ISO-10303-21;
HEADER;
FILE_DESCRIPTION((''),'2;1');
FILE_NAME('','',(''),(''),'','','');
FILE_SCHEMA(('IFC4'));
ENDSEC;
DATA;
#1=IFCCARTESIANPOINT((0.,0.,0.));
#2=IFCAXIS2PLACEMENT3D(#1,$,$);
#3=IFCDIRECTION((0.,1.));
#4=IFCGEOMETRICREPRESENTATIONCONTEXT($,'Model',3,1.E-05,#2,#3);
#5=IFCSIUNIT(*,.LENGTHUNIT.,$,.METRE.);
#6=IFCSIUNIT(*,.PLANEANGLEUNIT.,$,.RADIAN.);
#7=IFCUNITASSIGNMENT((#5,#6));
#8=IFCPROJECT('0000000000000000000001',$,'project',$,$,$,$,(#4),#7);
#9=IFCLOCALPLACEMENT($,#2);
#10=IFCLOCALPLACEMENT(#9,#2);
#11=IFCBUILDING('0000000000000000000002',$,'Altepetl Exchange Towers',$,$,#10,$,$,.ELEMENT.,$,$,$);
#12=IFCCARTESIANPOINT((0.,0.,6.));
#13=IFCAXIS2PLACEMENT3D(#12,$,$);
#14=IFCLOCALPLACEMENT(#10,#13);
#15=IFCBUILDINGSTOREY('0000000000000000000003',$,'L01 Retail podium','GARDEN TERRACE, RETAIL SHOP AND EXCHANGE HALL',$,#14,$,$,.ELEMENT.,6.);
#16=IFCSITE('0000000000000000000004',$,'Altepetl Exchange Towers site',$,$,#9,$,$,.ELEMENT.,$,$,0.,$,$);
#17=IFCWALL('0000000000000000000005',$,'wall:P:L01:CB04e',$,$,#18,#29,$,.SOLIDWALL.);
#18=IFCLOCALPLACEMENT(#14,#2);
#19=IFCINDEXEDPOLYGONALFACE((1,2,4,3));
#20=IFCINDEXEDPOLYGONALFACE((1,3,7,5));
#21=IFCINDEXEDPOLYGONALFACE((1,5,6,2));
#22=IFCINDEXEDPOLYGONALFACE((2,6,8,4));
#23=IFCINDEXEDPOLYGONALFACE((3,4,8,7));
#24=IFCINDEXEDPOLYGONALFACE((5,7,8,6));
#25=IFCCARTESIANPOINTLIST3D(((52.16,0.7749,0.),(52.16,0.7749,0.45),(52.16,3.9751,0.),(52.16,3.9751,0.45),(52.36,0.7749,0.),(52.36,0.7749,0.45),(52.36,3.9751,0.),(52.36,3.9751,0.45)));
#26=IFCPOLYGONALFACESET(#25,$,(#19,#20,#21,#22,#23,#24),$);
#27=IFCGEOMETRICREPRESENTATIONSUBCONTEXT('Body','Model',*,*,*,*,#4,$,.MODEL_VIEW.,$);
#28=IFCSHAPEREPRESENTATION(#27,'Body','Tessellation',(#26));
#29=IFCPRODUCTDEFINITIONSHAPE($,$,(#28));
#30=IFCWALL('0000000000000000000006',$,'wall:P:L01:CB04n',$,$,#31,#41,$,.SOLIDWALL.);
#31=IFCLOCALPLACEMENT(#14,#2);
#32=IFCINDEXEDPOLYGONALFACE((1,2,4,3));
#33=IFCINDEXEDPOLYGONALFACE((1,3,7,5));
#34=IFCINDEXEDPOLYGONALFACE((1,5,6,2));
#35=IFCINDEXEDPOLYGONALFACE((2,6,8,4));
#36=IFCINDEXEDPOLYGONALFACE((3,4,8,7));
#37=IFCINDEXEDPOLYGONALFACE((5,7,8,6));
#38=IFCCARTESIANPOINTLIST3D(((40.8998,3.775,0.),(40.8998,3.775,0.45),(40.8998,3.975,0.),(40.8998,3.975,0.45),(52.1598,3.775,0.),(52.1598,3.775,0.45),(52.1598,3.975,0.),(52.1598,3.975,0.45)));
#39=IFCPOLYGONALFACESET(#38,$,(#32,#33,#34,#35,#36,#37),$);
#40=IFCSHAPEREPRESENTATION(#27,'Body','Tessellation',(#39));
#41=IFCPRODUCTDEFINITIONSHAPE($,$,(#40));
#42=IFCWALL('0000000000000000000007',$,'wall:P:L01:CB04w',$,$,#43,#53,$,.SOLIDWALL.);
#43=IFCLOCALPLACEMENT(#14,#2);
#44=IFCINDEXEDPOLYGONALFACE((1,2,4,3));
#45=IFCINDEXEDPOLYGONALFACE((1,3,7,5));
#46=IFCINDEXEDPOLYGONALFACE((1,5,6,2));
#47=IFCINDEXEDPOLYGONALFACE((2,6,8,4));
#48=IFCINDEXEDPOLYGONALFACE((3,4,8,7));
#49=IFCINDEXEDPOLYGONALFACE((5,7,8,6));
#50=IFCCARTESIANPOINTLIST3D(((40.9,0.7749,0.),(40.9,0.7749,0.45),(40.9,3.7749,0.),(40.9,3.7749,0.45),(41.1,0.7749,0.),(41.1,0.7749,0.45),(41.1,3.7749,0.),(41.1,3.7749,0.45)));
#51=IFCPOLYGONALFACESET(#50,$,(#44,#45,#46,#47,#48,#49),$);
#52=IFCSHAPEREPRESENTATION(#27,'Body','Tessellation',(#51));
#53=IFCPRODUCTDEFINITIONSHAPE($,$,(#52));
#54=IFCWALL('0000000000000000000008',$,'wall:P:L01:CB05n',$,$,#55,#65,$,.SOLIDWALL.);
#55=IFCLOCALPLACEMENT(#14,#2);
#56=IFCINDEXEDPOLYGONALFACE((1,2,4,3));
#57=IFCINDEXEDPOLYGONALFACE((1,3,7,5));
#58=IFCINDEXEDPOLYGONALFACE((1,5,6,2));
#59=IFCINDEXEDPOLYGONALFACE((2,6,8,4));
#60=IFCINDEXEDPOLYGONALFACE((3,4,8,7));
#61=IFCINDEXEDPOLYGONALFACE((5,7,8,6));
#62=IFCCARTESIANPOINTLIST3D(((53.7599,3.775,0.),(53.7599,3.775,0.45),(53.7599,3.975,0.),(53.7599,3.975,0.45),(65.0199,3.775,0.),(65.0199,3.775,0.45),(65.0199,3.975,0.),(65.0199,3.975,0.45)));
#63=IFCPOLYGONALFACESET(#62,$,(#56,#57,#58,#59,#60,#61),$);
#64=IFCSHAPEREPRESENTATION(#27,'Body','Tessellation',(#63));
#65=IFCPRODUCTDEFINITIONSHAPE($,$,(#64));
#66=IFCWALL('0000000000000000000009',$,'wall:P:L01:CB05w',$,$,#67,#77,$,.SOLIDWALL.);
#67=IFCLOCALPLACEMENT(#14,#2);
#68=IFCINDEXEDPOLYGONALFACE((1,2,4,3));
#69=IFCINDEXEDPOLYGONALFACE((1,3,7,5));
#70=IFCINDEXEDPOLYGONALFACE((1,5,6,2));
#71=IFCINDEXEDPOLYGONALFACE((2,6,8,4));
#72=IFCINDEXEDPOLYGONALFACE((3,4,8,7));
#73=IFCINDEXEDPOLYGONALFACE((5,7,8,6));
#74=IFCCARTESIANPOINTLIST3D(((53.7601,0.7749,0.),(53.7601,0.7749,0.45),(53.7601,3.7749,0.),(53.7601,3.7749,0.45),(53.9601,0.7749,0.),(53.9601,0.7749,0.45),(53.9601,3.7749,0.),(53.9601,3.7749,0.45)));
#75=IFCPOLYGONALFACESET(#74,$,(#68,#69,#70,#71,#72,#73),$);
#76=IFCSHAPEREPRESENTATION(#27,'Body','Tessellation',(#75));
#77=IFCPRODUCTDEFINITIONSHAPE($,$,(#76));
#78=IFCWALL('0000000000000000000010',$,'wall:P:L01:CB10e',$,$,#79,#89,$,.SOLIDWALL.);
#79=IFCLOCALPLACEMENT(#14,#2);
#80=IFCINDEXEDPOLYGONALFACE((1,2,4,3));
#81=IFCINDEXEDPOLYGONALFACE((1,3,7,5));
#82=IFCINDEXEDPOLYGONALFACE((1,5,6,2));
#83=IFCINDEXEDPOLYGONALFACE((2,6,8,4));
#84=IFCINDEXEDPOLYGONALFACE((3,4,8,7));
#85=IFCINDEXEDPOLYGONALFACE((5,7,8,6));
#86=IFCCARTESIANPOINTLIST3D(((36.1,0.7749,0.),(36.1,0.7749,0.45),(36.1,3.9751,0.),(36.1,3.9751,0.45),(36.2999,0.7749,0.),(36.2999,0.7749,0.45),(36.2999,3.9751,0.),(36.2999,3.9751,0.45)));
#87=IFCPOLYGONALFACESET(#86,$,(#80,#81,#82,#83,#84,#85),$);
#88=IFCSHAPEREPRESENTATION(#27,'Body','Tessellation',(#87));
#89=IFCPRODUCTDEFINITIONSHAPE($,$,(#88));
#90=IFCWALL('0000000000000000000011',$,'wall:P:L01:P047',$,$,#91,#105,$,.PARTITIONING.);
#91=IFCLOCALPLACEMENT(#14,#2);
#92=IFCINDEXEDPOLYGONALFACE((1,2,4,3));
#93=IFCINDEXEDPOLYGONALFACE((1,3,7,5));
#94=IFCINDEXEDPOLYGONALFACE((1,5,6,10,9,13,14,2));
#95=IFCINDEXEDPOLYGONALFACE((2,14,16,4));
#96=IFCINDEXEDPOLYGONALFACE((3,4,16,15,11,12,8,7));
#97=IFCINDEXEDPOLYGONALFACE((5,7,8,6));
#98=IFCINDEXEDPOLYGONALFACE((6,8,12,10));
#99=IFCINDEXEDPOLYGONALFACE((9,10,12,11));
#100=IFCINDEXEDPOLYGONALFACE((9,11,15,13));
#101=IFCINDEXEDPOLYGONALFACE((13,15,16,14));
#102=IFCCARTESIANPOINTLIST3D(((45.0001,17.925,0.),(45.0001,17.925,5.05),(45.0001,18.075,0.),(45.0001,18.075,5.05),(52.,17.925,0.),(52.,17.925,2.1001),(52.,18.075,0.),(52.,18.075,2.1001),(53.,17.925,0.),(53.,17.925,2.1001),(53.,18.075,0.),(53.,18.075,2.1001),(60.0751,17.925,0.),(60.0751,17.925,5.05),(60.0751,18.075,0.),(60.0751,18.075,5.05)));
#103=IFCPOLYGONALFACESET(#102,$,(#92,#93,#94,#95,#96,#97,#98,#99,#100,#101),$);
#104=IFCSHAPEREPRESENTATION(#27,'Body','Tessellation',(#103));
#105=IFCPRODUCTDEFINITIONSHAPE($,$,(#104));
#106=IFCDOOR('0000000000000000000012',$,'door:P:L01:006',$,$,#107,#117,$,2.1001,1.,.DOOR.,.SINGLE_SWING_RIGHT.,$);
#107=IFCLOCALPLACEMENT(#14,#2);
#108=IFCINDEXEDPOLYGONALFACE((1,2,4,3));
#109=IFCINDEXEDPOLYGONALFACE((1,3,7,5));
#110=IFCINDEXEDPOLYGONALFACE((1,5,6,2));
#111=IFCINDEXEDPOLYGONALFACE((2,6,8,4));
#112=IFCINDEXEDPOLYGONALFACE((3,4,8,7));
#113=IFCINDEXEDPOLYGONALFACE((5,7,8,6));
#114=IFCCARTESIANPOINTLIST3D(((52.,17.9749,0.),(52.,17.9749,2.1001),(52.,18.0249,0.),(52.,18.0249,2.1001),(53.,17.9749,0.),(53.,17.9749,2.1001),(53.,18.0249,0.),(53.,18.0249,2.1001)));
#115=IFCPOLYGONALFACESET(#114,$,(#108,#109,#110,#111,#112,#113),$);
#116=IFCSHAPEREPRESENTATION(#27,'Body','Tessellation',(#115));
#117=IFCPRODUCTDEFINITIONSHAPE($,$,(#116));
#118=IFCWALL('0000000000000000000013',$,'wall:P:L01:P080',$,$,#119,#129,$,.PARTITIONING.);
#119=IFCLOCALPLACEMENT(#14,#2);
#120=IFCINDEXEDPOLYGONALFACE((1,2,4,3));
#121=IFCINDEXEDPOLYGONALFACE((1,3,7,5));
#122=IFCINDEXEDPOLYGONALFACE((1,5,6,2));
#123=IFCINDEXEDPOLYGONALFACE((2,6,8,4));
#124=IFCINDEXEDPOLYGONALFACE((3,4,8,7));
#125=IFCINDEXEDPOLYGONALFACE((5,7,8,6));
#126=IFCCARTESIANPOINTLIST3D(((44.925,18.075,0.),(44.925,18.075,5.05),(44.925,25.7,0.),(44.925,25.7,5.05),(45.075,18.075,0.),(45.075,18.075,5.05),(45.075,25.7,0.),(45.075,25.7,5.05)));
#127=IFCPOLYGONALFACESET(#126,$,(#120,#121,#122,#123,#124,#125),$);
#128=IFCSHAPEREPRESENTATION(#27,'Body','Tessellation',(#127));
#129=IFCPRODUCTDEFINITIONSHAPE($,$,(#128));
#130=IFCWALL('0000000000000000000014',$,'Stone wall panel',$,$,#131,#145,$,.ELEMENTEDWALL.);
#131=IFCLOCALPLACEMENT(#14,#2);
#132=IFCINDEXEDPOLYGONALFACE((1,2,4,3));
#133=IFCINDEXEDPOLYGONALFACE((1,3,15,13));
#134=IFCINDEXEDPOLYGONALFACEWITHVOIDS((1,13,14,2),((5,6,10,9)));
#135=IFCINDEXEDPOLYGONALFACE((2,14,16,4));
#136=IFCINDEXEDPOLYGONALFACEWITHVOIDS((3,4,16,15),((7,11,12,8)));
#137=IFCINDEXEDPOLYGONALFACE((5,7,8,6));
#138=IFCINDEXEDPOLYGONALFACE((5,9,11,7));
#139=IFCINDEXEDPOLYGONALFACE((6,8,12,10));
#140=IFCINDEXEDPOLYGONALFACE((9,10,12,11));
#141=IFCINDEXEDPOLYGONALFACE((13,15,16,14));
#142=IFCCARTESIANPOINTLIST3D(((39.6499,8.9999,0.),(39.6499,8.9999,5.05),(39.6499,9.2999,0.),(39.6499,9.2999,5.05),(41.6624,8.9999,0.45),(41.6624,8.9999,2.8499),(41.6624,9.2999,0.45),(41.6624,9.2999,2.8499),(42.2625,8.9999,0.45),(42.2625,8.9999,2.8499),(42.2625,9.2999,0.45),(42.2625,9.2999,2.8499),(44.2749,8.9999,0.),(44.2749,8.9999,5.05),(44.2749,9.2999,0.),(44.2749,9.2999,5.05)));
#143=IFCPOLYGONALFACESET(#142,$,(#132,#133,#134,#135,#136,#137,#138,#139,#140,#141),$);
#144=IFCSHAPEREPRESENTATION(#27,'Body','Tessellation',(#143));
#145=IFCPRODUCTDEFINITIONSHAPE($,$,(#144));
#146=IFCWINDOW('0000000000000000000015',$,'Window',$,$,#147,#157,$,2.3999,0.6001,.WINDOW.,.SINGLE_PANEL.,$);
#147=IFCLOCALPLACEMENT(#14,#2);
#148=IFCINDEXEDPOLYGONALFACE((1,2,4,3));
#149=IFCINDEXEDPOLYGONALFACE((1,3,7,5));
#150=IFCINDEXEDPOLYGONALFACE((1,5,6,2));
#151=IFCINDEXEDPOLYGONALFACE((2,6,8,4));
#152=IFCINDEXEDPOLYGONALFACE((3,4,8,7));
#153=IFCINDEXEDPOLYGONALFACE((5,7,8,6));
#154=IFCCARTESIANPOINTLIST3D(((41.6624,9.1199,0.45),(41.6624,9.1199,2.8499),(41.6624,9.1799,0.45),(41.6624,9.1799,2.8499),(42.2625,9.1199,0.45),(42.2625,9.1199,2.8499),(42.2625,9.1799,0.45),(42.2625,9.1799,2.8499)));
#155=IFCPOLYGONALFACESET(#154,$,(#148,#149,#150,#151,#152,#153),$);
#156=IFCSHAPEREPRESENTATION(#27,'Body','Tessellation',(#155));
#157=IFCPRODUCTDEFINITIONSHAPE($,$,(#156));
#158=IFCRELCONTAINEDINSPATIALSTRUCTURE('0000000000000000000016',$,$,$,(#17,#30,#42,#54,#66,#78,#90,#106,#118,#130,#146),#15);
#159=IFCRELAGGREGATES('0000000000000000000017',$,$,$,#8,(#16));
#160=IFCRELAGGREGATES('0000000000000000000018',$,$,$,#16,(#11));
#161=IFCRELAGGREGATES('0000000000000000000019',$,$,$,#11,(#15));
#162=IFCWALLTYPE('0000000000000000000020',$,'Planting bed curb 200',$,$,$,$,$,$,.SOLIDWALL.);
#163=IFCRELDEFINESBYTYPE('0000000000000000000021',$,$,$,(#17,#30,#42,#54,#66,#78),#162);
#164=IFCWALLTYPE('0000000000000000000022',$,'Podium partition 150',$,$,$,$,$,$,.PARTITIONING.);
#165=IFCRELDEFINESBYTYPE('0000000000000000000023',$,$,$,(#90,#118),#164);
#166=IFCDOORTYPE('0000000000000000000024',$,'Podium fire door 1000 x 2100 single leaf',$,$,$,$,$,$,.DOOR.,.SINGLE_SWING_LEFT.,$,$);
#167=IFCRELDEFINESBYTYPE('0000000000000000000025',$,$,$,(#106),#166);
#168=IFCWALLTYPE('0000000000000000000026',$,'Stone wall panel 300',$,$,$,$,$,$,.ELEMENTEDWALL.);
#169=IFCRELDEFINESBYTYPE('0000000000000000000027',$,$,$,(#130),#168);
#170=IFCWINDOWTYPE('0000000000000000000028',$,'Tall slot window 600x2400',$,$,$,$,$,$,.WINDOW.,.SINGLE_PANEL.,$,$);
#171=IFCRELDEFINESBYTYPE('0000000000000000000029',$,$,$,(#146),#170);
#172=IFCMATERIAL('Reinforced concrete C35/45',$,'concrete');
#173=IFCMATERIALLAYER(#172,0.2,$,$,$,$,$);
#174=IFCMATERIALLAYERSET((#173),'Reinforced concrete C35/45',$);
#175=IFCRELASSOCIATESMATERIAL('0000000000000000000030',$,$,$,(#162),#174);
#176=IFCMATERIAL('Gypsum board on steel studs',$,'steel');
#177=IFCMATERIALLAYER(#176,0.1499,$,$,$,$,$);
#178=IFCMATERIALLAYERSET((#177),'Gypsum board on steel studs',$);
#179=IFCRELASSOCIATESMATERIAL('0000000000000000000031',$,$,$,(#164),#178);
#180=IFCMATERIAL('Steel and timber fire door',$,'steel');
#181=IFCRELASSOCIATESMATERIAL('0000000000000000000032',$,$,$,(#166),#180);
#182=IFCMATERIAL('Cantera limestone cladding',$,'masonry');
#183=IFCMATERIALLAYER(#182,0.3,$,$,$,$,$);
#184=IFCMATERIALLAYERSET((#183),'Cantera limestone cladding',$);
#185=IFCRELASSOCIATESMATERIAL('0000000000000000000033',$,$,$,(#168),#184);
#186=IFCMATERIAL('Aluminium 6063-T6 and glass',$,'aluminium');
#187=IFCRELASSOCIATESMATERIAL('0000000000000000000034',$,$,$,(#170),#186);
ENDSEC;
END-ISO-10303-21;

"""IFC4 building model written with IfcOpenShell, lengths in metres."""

from ifc_helpers import new_model, si_unit, direction, frame, frame_2d, origin, place, context, subcontext, project, spatial, rectangle, extrude, material, layer, layer_set, type_object, element, fill, save


model = new_model("IFC4")

# Units and contexts
model_context = context("Model", 3, precision=1e-05, world=origin(), true_north=direction((0.0, 1.0)))
body_context = subcontext(model_context, "Body", "Model", "MODEL_VIEW")
ifc_project = project(units=[si_unit("LENGTHUNIT", "METRE"), si_unit("PLANEANGLEUNIT", "RADIAN")], contexts=[model_context])

# Site, building, storey
site_placement = place(None, origin())
site = spatial("IfcSite", under=ifc_project, at=site_placement, Name="Altepetl Exchange Towers site", CompositionType="ELEMENT", RefElevation=0.0)
building_placement = place(site_placement, origin())
building = spatial("IfcBuilding", under=site, at=building_placement, Name="Altepetl Exchange Towers", CompositionType="ELEMENT")
storey_placement = place(building_placement, frame((0.0, 0.0, 6.0)))
storey = spatial("IfcBuildingStorey", under=building, at=storey_placement, Name="L01 Retail podium", Description="GARDEN TERRACE, RETAIL SHOP AND EXCHANGE HALL", CompositionType="ELEMENT", Elevation=6.0)

# Shared definitions
ifc_material_1 = material(Name="Reinforced concrete C35/45", Category="concrete")
ifc_material_2 = material(Name="Aluminium 6063-T6 and glass", Category="aluminium")

# Walls
ifc_layer_1 = layer(ifc_material_1, 0.2)
ifc_layer_set_1 = layer_set([ifc_layer_1], Name="Reinforced concrete C35/45")
wall_type_1 = type_object("IfcWallType", Name="Planting bed curb 200", PredefinedType="SOLIDWALL", material=ifc_layer_set_1)
wall_1_placement = place(storey_placement, frame((52.26, 0.7749, 0.0), z_axis=(0.0, 0.0, 1.0), x_axis=(0.0, 1.0, 0.0)))
element("IfcWall", 1, at=wall_1_placement, inside=storey, type_object=wall_type_1, Name="wall:P:L01:CB04e", PredefinedType="SOLIDWALL", context=body_context, shape_type="SweptSolid", body=[
    extrude(rectangle(XDim=3.2002, YDim=0.2, at=frame_2d((1.6001, 0.0))), origin(), (0.0, 0.0, 1.0), 0.45),
])
wall_2_placement = place(storey_placement, frame((40.8999, 3.875, 0.0)))
element("IfcWall", 2, at=wall_2_placement, inside=storey, type_object=wall_type_1, Name="wall:P:L01:CB04n", PredefinedType="SOLIDWALL", context=body_context, shape_type="SweptSolid", body=[
    extrude(rectangle(XDim=11.26, YDim=0.2, at=frame_2d((5.6299, 0.0))), origin(), (0.0, 0.0, 1.0), 0.45),
])
wall_3_placement = place(storey_placement, frame((41.0, 0.7749, 0.0), z_axis=(0.0, 0.0, 1.0), x_axis=(0.0, 1.0, 0.0)))
element("IfcWall", 3, at=wall_3_placement, inside=storey, type_object=wall_type_1, Name="wall:P:L01:CB04w", PredefinedType="SOLIDWALL", context=body_context, shape_type="SweptSolid", body=[
    extrude(rectangle(XDim=3.0, YDim=0.2, at=frame_2d((1.5, 0.0))), origin(), (0.0, 0.0, 1.0), 0.45),
])
wall_4_placement = place(storey_placement, frame((53.76, 3.875, 0.0)))
element("IfcWall", 4, at=wall_4_placement, inside=storey, type_object=wall_type_1, Name="wall:P:L01:CB05n", PredefinedType="SOLIDWALL", context=body_context, shape_type="SweptSolid", body=[
    extrude(rectangle(XDim=11.26, YDim=0.2, at=frame_2d((5.6299, 0.0))), origin(), (0.0, 0.0, 1.0), 0.45),
])
wall_5_placement = place(storey_placement, frame((53.8601, 0.7749, 0.0), z_axis=(0.0, 0.0, 1.0), x_axis=(0.0, 1.0, 0.0)))
element("IfcWall", 5, at=wall_5_placement, inside=storey, type_object=wall_type_1, Name="wall:P:L01:CB05w", PredefinedType="SOLIDWALL", context=body_context, shape_type="SweptSolid", body=[
    extrude(rectangle(XDim=3.0, YDim=0.2, at=frame_2d((1.5, 0.0))), origin(), (0.0, 0.0, 1.0), 0.45),
])
wall_6_placement = place(storey_placement, frame((36.2, 0.7749, 0.0), z_axis=(0.0, 0.0, 1.0), x_axis=(0.0, 1.0, 0.0)))
element("IfcWall", 6, at=wall_6_placement, inside=storey, type_object=wall_type_1, Name="wall:P:L01:CB10e", PredefinedType="SOLIDWALL", context=body_context, shape_type="SweptSolid", body=[
    extrude(rectangle(XDim=3.2002, YDim=0.2, at=frame_2d((1.6001, 0.0))), origin(), (0.0, 0.0, 1.0), 0.45),
])

# Wall, opening, door
ifc_material_3 = material(Name="Gypsum board on steel studs", Category="steel")
ifc_layer_2 = layer(ifc_material_3, 0.1499)
ifc_layer_set_2 = layer_set([ifc_layer_2], Name="Gypsum board on steel studs")
wall_type_2 = type_object("IfcWallType", Name="Podium partition 150", PredefinedType="PARTITIONING", material=ifc_layer_set_2)
wall_7_placement = place(storey_placement, frame((45.0, 18.0, 0.0)))
wall_7 = element("IfcWall", 7, at=wall_7_placement, inside=storey, type_object=wall_type_2, Name="wall:P:L01:P047", PredefinedType="PARTITIONING", context=body_context, shape_type="SweptSolid", body=[
    extrude(rectangle(XDim=15.075, YDim=0.1499, at=frame_2d((7.5376, 0.0))), origin(), (0.0, 0.0, 1.0), 5.05),
])
opening_1_placement = place(wall_7_placement, frame((7.0, 0.0, 0.0)))
opening_1 = element("IfcOpeningElement", 8, at=opening_1_placement, cuts=wall_7, PredefinedType="OPENING", context=body_context, shape_type="SweptSolid", body=[
    extrude(rectangle(XDim=1.0, YDim=2.1001, at=frame_2d((0.5, 1.05))), frame((0.0, 0.085, 0.0), z_axis=(0.0, -1.0, 0.0), x_axis=(1.0, 0.0, 0.0)), (0.0, 0.0, 1.0), 0.1699),
])
ifc_material_4 = material(Name="Steel and timber fire door", Category="steel")
door_type_1 = type_object("IfcDoorType", Name="Podium fire door 1000 x 2100 single leaf", OperationType="SINGLE_SWING_LEFT", PredefinedType="DOOR", material=ifc_material_4)
door_1_placement = place(opening_1_placement, origin())
door_1 = element("IfcDoor", 9, at=door_1_placement, inside=storey, type_object=door_type_1, Name="door:P:L01:006", OperationType="SINGLE_SWING_RIGHT", OverallHeight=2.1001, OverallWidth=1.0, PredefinedType="DOOR", context=body_context, shape_type="SweptSolid", body=[
    extrude(rectangle(XDim=1.0, YDim=2.1001, at=frame_2d((0.5, 1.05))), frame((0.0, 0.0249, 0.0), z_axis=(0.0, -1.0, 0.0), x_axis=(1.0, 0.0, 0.0)), (0.0, 0.0, 1.0), 0.05),
])
fill(opening_1, door_1)

# Wall
wall_8_placement = place(storey_placement, frame((45.0, 18.075, 0.0), z_axis=(0.0, 0.0, 1.0), x_axis=(0.0, 1.0, 0.0)))
element("IfcWall", 10, at=wall_8_placement, inside=storey, type_object=wall_type_2, Name="wall:P:L01:P080", PredefinedType="PARTITIONING", context=body_context, shape_type="SweptSolid", body=[
    extrude(rectangle(XDim=7.625, YDim=0.1499, at=frame_2d((3.8125, 0.0))), origin(), (0.0, 0.0, 1.0), 5.05),
])

# Wall, opening, window
ifc_material_5 = material(Name="Cantera limestone cladding", Category="masonry")
ifc_layer_3 = layer(ifc_material_5, 0.3)
ifc_layer_set_3 = layer_set([ifc_layer_3], Name="Cantera limestone cladding")
wall_type_3 = type_object("IfcWallType", Name="Stone wall panel 300", PredefinedType="ELEMENTEDWALL", material=ifc_layer_set_3)
wall_9_placement = place(storey_placement, frame((39.6499, 9.1499, 0.0)))
wall_9 = element("IfcWall", 11, at=wall_9_placement, inside=storey, type_object=wall_type_3, Name="Stone wall panel", PredefinedType="ELEMENTEDWALL", context=body_context, shape_type="SweptSolid", body=[
    extrude(rectangle(XDim=4.625, YDim=0.3, at=frame_2d((2.3125, 0.0))), origin(), (0.0, 0.0, 1.0), 5.05),
])
opening_2_placement = place(wall_9_placement, frame((2.0125, 0.0, 0.45)))
opening_2 = element("IfcOpeningElement", 12, at=opening_2_placement, cuts=wall_9, PredefinedType="OPENING", context=body_context, shape_type="SweptSolid", body=[
    extrude(rectangle(XDim=0.6001, YDim=2.3999, at=frame_2d((0.3, 1.2))), frame((0.0, 0.1602, 0.0), z_axis=(0.0, -1.0, 0.0), x_axis=(1.0, 0.0, 0.0)), (0.0, 0.0, 1.0), 0.3201),
])
window_type = type_object("IfcWindowType", Name="Tall slot window 600x2400", PartitioningType="SINGLE_PANEL", PredefinedType="WINDOW", material=ifc_material_2)
window_1_placement = place(opening_2_placement, origin())
window_1 = element("IfcWindow", 13, at=window_1_placement, inside=storey, type_object=window_type, Name="Window", OverallHeight=2.3999, OverallWidth=0.6001, PartitioningType="SINGLE_PANEL", PredefinedType="WINDOW", context=body_context, shape_type="SweptSolid", body=[
    extrude(rectangle(XDim=0.6001, YDim=2.3999, at=frame_2d((0.3, 1.2))), frame((0.0, 0.03, 0.0), z_axis=(0.0, -1.0, 0.0), x_axis=(1.0, 0.0, 0.0)), (0.0, 0.0, 1.0), 0.0601),
])
fill(opening_2, window_1)

save(model, "model.ifc")
